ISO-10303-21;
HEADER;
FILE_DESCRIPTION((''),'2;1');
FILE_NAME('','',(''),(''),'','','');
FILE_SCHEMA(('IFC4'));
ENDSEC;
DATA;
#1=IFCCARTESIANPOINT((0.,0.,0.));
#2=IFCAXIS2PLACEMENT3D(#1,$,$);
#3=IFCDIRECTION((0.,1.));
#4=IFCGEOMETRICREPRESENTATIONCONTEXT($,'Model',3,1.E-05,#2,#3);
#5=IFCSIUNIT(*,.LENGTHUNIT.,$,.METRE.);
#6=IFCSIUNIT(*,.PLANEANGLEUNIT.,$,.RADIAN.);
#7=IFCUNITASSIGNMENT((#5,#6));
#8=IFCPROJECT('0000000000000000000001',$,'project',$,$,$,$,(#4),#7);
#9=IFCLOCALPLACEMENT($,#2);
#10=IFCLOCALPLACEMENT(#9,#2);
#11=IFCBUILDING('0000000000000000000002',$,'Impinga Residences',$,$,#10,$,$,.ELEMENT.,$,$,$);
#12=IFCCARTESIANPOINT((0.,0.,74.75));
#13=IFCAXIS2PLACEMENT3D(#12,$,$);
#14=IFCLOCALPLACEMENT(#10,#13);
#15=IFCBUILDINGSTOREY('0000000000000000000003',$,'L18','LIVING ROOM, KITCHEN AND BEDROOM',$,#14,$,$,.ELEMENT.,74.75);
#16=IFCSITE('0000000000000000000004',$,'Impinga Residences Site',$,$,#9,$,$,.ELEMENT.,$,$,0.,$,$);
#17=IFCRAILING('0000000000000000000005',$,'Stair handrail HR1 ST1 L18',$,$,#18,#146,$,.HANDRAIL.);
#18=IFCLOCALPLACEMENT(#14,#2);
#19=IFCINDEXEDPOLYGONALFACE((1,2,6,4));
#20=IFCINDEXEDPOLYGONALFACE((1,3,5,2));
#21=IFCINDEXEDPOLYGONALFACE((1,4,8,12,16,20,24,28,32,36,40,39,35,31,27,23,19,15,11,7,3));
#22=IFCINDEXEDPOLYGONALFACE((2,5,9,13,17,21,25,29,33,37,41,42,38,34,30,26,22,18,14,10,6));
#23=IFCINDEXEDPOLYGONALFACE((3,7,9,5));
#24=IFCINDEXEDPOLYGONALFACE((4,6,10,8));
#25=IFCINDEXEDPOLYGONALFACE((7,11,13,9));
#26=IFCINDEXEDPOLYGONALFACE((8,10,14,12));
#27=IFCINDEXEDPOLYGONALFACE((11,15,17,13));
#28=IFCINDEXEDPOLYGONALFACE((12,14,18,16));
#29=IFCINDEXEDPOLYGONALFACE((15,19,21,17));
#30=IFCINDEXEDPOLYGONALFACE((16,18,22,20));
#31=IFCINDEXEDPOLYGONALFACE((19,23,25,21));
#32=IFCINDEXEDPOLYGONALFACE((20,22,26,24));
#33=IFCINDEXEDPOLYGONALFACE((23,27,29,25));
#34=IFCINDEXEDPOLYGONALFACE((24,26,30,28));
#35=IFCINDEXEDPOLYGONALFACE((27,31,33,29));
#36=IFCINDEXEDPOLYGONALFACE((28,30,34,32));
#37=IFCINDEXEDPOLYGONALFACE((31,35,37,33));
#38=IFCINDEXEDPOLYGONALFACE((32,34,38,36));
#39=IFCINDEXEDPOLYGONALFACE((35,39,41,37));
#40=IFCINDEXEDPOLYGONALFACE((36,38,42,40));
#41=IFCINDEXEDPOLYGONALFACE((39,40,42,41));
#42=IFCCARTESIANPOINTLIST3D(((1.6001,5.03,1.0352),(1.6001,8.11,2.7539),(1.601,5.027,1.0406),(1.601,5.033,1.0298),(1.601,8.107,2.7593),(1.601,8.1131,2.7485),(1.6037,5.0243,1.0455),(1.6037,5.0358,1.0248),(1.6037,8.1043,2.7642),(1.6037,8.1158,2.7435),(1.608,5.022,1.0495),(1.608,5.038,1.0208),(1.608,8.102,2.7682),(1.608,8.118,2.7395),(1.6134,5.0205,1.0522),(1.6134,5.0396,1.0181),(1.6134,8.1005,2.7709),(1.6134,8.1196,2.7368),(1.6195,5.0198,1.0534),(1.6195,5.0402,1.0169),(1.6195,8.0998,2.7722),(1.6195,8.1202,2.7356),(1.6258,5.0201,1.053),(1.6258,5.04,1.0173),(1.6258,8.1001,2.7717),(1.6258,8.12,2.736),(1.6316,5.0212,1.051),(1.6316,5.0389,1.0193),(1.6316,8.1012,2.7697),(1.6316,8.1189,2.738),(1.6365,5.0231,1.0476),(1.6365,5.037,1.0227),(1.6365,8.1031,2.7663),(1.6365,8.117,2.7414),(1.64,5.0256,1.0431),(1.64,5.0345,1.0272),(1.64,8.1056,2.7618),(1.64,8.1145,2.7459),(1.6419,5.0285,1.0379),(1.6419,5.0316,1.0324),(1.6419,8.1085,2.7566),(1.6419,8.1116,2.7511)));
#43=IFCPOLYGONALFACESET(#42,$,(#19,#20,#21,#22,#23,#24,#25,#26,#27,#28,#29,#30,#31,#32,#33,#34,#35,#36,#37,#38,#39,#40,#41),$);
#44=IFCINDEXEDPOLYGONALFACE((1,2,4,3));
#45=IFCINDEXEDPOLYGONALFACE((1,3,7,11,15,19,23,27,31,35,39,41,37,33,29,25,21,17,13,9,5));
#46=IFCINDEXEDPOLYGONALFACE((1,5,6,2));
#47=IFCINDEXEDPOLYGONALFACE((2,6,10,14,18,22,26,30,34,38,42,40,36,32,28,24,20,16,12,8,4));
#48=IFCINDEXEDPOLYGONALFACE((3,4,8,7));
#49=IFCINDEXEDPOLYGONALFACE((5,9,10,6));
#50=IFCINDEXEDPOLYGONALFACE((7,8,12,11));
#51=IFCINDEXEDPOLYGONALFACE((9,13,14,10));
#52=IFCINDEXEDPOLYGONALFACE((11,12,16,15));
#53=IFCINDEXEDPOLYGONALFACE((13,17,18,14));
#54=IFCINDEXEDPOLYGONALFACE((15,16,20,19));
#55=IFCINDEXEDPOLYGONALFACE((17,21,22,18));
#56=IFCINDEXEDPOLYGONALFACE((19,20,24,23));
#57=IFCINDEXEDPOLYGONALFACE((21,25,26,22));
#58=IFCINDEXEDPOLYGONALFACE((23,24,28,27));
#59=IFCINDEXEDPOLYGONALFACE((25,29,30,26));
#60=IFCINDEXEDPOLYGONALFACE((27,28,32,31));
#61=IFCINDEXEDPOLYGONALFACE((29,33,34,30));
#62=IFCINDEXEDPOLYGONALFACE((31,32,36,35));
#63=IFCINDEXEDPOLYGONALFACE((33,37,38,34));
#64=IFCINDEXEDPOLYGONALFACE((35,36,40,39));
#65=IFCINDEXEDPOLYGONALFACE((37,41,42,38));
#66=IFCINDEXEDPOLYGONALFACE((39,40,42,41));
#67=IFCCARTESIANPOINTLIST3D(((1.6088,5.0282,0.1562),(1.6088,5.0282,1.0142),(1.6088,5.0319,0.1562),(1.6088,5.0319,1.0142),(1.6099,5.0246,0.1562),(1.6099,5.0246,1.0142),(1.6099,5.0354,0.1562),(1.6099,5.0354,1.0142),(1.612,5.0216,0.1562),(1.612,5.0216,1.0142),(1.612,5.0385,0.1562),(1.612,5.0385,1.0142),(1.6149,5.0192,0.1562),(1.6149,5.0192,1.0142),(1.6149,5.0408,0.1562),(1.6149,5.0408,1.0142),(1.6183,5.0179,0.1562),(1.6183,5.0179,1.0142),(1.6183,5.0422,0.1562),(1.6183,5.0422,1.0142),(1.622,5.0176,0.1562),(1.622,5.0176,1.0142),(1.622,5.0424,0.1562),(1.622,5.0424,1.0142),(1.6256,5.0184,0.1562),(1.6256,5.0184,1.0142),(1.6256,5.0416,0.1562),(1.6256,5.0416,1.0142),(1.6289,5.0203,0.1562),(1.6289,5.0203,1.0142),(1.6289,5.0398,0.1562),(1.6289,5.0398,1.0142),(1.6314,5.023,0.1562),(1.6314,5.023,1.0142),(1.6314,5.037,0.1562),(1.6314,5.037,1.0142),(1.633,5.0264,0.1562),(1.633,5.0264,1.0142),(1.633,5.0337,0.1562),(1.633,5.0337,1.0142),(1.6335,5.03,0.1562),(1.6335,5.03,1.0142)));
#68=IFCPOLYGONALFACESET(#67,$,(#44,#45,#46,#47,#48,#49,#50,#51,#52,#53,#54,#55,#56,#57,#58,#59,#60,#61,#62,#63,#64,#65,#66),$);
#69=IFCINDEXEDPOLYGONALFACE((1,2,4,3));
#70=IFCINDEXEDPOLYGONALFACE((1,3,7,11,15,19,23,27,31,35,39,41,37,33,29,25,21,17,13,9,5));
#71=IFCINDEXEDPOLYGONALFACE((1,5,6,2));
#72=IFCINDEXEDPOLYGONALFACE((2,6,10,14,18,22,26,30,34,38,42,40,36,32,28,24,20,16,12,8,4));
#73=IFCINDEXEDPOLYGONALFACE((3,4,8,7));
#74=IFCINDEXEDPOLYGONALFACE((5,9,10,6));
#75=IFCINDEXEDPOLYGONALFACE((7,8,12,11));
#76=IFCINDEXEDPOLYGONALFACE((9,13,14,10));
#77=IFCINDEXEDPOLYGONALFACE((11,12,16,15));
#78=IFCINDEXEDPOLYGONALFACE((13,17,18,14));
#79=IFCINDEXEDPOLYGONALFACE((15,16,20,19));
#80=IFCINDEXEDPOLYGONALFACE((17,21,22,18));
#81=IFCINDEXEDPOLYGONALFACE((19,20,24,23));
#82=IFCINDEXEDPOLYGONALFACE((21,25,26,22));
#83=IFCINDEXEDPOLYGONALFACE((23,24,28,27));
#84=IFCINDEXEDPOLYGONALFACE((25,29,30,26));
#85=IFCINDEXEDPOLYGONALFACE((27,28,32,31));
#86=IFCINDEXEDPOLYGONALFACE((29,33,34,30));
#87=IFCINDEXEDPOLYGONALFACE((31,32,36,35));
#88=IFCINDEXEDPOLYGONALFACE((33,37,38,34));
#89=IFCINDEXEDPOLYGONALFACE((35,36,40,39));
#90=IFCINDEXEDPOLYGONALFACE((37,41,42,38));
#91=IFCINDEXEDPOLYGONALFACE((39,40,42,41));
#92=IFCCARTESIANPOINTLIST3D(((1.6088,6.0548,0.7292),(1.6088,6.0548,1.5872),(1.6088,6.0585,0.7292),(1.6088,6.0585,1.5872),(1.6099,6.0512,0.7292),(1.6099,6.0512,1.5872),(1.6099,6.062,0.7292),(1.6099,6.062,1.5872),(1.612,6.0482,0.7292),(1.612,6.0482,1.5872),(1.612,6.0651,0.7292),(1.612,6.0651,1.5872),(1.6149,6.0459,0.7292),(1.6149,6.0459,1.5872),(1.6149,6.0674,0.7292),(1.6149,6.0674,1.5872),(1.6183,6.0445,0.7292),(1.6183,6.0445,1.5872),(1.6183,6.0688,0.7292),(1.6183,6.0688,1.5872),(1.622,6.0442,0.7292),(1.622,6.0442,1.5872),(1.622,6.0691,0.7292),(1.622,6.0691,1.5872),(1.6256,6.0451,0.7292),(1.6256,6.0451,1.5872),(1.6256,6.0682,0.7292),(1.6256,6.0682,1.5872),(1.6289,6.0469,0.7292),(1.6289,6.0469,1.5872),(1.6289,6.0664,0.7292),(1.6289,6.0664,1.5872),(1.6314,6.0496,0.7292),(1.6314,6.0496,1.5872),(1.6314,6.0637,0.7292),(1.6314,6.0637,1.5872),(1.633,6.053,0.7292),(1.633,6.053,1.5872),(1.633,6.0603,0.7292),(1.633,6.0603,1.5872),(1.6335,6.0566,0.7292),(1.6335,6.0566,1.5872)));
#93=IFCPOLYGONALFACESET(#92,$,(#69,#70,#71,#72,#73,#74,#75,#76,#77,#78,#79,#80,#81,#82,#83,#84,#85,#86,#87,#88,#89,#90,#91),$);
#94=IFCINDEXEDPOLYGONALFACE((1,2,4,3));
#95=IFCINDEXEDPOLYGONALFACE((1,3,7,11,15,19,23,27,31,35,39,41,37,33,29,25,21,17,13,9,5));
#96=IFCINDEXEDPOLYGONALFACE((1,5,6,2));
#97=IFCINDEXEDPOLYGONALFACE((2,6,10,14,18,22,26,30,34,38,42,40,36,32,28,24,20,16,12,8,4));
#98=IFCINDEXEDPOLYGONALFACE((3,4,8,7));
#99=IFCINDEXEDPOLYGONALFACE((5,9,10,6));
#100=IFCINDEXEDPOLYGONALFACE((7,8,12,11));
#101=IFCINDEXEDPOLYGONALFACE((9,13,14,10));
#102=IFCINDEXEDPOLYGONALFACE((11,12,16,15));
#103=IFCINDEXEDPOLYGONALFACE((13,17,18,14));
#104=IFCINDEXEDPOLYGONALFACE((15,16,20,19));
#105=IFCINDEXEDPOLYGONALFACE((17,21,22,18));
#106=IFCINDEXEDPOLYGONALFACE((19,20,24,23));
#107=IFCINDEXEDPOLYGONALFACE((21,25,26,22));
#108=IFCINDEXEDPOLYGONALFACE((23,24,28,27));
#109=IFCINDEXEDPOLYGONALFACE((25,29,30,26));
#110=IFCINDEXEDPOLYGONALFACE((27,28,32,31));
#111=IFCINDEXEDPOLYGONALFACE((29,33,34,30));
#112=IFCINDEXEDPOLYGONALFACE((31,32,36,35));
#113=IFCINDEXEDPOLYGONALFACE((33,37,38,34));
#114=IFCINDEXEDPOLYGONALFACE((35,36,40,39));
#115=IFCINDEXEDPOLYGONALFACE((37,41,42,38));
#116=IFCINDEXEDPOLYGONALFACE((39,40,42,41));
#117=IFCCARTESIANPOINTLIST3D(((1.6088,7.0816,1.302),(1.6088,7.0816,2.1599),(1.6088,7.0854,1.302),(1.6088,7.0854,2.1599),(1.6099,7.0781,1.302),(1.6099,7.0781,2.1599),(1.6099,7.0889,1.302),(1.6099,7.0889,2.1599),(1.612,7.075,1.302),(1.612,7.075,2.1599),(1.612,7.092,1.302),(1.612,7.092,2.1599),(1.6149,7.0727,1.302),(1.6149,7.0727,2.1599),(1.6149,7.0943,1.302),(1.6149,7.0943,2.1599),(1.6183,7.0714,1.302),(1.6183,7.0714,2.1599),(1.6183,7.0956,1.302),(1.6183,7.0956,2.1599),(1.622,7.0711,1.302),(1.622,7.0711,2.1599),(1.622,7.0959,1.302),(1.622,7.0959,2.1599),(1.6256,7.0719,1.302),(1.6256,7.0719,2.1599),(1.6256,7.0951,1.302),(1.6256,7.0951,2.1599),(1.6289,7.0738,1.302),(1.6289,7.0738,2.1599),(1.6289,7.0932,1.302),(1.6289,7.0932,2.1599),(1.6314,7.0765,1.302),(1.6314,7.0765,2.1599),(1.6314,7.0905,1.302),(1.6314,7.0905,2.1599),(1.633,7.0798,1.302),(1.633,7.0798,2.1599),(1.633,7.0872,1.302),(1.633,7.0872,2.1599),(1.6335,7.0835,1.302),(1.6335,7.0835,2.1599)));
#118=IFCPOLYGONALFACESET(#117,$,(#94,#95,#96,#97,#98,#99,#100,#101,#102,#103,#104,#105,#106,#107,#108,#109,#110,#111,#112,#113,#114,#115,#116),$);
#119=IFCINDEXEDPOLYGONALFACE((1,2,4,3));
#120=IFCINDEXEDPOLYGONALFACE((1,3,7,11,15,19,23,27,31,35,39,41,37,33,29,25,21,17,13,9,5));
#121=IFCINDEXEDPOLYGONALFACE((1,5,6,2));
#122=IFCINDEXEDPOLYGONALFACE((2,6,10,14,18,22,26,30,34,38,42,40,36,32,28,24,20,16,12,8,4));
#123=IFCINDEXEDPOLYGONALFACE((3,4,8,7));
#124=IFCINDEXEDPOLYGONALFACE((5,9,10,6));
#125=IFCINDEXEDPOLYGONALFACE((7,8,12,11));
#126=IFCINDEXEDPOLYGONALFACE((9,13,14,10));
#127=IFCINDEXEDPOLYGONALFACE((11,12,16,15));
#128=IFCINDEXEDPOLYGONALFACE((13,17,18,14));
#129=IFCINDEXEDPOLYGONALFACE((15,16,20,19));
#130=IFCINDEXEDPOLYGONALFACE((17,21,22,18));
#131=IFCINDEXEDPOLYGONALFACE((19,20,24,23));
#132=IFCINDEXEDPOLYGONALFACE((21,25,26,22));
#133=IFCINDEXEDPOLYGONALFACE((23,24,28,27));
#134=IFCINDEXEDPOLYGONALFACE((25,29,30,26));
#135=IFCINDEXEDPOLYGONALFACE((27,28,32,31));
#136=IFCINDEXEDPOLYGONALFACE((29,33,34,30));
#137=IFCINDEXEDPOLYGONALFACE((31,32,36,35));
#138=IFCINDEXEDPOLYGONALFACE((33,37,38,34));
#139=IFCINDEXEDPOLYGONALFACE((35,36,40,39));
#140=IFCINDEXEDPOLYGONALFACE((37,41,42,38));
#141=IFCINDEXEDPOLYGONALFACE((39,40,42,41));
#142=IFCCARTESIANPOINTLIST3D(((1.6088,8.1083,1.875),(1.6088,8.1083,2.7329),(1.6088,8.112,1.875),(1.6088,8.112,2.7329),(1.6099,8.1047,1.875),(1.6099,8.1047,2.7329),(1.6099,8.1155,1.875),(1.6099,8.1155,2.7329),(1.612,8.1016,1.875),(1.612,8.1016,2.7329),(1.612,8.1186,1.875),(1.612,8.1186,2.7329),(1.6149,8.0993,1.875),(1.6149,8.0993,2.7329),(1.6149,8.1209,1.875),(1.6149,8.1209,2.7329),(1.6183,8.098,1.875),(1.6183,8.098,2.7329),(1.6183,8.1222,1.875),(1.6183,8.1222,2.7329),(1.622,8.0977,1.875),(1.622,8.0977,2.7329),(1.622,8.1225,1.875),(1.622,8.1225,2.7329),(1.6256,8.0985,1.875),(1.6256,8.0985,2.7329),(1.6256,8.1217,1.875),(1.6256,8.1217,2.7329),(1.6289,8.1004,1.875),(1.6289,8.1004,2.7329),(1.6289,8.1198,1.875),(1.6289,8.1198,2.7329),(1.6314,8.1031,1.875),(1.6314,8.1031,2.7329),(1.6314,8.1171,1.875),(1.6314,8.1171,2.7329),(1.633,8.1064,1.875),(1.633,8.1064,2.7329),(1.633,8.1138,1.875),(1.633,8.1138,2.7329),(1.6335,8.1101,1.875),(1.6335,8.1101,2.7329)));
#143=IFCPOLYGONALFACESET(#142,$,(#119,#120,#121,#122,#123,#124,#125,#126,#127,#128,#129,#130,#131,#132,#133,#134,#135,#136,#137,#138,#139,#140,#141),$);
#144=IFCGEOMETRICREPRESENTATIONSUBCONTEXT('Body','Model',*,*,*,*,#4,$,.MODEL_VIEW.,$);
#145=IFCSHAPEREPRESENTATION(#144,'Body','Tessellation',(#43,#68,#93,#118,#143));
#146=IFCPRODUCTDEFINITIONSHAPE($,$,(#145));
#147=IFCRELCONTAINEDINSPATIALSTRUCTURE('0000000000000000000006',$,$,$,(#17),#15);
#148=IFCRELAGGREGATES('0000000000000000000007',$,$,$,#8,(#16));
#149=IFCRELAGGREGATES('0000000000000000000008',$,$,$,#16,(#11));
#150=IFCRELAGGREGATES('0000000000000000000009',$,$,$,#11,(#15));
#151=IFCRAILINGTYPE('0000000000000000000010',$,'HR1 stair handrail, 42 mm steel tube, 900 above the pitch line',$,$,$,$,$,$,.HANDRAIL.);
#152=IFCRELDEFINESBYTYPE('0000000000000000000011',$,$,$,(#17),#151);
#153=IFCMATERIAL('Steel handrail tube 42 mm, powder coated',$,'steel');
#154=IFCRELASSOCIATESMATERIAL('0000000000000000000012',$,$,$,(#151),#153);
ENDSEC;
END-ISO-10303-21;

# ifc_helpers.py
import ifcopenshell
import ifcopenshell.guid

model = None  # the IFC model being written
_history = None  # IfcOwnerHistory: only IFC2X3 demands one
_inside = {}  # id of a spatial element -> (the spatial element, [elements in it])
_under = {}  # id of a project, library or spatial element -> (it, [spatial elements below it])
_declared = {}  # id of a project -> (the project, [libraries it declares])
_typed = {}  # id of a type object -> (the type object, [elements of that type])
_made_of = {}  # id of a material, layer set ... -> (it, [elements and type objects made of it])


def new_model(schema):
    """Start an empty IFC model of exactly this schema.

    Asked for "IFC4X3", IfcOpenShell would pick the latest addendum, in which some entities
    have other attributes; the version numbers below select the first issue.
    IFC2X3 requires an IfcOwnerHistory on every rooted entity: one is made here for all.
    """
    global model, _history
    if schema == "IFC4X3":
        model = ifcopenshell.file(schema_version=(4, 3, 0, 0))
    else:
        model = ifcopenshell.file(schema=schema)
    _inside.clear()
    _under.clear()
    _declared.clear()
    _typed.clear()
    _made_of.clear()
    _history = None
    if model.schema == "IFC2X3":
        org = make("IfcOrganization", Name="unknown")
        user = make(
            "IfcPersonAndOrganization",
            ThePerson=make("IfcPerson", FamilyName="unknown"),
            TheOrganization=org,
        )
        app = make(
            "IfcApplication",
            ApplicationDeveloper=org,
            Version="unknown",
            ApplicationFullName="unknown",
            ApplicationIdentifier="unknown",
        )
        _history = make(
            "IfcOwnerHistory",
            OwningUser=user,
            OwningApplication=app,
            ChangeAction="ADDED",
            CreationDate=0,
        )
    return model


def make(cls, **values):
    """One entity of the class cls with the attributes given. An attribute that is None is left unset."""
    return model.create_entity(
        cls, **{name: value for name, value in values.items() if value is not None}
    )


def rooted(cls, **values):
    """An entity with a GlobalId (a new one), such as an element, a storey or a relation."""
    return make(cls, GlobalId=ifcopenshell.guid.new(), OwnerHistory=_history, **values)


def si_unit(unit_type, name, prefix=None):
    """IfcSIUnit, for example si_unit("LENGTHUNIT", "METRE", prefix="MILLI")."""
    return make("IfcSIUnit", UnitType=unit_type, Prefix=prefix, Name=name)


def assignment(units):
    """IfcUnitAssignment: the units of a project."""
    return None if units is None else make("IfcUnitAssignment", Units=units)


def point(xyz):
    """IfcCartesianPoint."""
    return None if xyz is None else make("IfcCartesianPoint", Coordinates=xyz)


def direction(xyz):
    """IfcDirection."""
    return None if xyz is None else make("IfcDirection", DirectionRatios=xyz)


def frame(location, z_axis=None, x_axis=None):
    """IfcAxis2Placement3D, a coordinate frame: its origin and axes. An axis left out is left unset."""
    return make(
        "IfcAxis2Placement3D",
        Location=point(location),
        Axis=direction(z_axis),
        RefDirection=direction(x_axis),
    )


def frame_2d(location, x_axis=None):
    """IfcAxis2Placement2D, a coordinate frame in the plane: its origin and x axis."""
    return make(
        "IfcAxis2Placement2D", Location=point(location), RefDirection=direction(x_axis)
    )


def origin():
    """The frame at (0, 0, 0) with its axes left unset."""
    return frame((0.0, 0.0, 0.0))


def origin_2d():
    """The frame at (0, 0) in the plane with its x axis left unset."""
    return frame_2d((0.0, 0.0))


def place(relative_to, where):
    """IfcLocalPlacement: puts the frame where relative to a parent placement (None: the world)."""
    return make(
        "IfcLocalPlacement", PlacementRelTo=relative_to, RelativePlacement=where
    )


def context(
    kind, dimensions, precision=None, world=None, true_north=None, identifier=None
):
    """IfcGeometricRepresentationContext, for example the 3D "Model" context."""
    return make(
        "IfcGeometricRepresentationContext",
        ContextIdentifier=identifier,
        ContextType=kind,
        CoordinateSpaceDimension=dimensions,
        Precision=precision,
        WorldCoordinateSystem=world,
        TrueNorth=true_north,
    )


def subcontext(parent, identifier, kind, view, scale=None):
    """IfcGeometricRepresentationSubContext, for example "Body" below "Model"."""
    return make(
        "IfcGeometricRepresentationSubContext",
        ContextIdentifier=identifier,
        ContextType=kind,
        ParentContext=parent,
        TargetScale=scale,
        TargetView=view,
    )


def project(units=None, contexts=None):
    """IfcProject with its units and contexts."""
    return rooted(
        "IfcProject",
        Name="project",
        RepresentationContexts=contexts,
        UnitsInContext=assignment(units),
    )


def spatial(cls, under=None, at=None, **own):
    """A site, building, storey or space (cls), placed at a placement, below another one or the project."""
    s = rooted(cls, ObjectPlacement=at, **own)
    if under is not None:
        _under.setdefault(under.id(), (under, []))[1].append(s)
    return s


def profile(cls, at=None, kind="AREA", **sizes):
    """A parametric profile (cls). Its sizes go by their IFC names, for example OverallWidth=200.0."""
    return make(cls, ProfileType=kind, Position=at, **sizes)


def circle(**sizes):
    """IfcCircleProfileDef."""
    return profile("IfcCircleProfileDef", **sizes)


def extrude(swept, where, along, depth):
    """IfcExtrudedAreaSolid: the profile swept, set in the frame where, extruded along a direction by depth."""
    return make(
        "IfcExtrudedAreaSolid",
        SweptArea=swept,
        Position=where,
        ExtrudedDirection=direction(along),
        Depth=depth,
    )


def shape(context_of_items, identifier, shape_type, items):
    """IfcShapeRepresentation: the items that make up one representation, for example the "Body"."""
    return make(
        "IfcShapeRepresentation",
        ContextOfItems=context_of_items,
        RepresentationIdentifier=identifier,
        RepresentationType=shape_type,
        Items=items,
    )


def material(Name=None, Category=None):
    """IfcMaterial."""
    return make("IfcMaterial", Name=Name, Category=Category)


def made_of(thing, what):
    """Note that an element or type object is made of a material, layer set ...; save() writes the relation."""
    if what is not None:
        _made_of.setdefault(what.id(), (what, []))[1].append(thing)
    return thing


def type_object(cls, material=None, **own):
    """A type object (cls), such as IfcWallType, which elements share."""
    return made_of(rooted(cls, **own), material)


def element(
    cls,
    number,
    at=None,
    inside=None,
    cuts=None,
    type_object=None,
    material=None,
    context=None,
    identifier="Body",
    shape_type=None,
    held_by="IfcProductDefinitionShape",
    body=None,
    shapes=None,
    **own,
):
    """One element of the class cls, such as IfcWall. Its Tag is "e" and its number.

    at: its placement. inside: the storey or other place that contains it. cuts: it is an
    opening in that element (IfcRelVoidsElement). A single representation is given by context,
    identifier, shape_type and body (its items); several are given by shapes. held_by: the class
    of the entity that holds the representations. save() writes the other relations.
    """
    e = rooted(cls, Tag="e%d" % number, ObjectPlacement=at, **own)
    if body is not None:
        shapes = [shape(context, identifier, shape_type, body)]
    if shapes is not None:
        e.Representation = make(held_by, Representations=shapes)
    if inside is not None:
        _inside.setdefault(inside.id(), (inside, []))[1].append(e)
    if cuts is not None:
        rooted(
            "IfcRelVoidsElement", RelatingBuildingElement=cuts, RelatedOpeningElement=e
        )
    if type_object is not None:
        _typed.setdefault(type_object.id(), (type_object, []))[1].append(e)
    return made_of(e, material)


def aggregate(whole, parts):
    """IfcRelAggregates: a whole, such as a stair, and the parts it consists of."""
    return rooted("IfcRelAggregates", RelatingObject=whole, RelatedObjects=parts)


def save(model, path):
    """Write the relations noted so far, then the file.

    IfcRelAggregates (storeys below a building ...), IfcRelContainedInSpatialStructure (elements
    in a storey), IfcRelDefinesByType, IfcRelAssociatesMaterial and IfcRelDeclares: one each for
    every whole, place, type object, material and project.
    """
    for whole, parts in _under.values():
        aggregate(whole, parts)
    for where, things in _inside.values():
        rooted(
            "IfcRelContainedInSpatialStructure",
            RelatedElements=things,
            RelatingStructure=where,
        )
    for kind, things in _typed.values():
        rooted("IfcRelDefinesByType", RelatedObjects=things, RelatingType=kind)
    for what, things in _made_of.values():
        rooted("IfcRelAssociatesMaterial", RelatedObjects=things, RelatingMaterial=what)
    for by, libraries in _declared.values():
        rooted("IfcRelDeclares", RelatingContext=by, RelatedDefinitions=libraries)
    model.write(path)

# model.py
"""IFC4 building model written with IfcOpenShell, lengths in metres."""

from ifc_helpers import new_model, si_unit, direction, frame, origin, origin_2d, place, context, subcontext, project, spatial, circle, extrude, material, type_object, element, save


model = new_model("IFC4")

# Units and contexts
model_context = context("Model", 3, precision=1e-05, world=origin(), true_north=direction((0.0, 1.0)))
body_context = subcontext(model_context, "Body", "Model", "MODEL_VIEW")
ifc_project = project(units=[si_unit("LENGTHUNIT", "METRE"), si_unit("PLANEANGLEUNIT", "RADIAN")], contexts=[model_context])

# Site, building, storey
site_placement = place(None, origin())
site = spatial("IfcSite", under=ifc_project, at=site_placement, Name="Impinga Residences Site", CompositionType="ELEMENT", RefElevation=0.0)
building_placement = place(site_placement, origin())
building = spatial("IfcBuilding", under=site, at=building_placement, Name="Impinga Residences", CompositionType="ELEMENT")
storey_placement = place(building_placement, frame((0.0, 0.0, 74.75)))
storey = spatial("IfcBuildingStorey", under=building, at=storey_placement, Name="L18", Description="LIVING ROOM, KITCHEN AND BEDROOM", CompositionType="ELEMENT", Elevation=74.75)

# Railing
ifc_material_1 = material(Name="Steel handrail tube 42 mm, powder coated", Category="steel")
railing_type_1 = type_object("IfcRailingType", Name="HR1 stair handrail, 42 mm steel tube, 900 above the pitch line", PredefinedType="HANDRAIL", material=ifc_material_1)
railing_1_placement = place(storey_placement, frame((1.6211, 5.03, 0.1562)))
element("IfcRailing", 1, at=railing_1_placement, inside=storey, type_object=railing_type_1, Name="Stair handrail HR1 ST1 L18", PredefinedType="HANDRAIL", context=body_context, shape_type="SweptSolid", body=[
    extrude(circle(Radius=0.021, at=origin_2d()), frame((0.0, 0.0, 0.8789), z_axis=(0.0, 0.873242, 0.487288), x_axis=(-1.0, 0.0, 0.0)), (0.0, 0.0, 1.0), 3.5271),
    extrude(circle(Radius=0.0125, at=origin_2d()), origin(), (0.0, 0.0, 1.0), 0.8579),
    extrude(circle(Radius=0.0125, at=origin_2d()), frame((0.0, 1.0266, 0.573)), (0.0, 0.0, 1.0), 0.8579),
    extrude(circle(Radius=0.0125, at=origin_2d()), frame((0.0, 2.0535, 1.1458)), (0.0, 0.0, 1.0), 0.8579),
    extrude(circle(Radius=0.0125, at=origin_2d()), frame((0.0, 3.0801, 1.7188)), (0.0, 0.0, 1.0), 0.8579),
])

save(model, "model.ifc")
